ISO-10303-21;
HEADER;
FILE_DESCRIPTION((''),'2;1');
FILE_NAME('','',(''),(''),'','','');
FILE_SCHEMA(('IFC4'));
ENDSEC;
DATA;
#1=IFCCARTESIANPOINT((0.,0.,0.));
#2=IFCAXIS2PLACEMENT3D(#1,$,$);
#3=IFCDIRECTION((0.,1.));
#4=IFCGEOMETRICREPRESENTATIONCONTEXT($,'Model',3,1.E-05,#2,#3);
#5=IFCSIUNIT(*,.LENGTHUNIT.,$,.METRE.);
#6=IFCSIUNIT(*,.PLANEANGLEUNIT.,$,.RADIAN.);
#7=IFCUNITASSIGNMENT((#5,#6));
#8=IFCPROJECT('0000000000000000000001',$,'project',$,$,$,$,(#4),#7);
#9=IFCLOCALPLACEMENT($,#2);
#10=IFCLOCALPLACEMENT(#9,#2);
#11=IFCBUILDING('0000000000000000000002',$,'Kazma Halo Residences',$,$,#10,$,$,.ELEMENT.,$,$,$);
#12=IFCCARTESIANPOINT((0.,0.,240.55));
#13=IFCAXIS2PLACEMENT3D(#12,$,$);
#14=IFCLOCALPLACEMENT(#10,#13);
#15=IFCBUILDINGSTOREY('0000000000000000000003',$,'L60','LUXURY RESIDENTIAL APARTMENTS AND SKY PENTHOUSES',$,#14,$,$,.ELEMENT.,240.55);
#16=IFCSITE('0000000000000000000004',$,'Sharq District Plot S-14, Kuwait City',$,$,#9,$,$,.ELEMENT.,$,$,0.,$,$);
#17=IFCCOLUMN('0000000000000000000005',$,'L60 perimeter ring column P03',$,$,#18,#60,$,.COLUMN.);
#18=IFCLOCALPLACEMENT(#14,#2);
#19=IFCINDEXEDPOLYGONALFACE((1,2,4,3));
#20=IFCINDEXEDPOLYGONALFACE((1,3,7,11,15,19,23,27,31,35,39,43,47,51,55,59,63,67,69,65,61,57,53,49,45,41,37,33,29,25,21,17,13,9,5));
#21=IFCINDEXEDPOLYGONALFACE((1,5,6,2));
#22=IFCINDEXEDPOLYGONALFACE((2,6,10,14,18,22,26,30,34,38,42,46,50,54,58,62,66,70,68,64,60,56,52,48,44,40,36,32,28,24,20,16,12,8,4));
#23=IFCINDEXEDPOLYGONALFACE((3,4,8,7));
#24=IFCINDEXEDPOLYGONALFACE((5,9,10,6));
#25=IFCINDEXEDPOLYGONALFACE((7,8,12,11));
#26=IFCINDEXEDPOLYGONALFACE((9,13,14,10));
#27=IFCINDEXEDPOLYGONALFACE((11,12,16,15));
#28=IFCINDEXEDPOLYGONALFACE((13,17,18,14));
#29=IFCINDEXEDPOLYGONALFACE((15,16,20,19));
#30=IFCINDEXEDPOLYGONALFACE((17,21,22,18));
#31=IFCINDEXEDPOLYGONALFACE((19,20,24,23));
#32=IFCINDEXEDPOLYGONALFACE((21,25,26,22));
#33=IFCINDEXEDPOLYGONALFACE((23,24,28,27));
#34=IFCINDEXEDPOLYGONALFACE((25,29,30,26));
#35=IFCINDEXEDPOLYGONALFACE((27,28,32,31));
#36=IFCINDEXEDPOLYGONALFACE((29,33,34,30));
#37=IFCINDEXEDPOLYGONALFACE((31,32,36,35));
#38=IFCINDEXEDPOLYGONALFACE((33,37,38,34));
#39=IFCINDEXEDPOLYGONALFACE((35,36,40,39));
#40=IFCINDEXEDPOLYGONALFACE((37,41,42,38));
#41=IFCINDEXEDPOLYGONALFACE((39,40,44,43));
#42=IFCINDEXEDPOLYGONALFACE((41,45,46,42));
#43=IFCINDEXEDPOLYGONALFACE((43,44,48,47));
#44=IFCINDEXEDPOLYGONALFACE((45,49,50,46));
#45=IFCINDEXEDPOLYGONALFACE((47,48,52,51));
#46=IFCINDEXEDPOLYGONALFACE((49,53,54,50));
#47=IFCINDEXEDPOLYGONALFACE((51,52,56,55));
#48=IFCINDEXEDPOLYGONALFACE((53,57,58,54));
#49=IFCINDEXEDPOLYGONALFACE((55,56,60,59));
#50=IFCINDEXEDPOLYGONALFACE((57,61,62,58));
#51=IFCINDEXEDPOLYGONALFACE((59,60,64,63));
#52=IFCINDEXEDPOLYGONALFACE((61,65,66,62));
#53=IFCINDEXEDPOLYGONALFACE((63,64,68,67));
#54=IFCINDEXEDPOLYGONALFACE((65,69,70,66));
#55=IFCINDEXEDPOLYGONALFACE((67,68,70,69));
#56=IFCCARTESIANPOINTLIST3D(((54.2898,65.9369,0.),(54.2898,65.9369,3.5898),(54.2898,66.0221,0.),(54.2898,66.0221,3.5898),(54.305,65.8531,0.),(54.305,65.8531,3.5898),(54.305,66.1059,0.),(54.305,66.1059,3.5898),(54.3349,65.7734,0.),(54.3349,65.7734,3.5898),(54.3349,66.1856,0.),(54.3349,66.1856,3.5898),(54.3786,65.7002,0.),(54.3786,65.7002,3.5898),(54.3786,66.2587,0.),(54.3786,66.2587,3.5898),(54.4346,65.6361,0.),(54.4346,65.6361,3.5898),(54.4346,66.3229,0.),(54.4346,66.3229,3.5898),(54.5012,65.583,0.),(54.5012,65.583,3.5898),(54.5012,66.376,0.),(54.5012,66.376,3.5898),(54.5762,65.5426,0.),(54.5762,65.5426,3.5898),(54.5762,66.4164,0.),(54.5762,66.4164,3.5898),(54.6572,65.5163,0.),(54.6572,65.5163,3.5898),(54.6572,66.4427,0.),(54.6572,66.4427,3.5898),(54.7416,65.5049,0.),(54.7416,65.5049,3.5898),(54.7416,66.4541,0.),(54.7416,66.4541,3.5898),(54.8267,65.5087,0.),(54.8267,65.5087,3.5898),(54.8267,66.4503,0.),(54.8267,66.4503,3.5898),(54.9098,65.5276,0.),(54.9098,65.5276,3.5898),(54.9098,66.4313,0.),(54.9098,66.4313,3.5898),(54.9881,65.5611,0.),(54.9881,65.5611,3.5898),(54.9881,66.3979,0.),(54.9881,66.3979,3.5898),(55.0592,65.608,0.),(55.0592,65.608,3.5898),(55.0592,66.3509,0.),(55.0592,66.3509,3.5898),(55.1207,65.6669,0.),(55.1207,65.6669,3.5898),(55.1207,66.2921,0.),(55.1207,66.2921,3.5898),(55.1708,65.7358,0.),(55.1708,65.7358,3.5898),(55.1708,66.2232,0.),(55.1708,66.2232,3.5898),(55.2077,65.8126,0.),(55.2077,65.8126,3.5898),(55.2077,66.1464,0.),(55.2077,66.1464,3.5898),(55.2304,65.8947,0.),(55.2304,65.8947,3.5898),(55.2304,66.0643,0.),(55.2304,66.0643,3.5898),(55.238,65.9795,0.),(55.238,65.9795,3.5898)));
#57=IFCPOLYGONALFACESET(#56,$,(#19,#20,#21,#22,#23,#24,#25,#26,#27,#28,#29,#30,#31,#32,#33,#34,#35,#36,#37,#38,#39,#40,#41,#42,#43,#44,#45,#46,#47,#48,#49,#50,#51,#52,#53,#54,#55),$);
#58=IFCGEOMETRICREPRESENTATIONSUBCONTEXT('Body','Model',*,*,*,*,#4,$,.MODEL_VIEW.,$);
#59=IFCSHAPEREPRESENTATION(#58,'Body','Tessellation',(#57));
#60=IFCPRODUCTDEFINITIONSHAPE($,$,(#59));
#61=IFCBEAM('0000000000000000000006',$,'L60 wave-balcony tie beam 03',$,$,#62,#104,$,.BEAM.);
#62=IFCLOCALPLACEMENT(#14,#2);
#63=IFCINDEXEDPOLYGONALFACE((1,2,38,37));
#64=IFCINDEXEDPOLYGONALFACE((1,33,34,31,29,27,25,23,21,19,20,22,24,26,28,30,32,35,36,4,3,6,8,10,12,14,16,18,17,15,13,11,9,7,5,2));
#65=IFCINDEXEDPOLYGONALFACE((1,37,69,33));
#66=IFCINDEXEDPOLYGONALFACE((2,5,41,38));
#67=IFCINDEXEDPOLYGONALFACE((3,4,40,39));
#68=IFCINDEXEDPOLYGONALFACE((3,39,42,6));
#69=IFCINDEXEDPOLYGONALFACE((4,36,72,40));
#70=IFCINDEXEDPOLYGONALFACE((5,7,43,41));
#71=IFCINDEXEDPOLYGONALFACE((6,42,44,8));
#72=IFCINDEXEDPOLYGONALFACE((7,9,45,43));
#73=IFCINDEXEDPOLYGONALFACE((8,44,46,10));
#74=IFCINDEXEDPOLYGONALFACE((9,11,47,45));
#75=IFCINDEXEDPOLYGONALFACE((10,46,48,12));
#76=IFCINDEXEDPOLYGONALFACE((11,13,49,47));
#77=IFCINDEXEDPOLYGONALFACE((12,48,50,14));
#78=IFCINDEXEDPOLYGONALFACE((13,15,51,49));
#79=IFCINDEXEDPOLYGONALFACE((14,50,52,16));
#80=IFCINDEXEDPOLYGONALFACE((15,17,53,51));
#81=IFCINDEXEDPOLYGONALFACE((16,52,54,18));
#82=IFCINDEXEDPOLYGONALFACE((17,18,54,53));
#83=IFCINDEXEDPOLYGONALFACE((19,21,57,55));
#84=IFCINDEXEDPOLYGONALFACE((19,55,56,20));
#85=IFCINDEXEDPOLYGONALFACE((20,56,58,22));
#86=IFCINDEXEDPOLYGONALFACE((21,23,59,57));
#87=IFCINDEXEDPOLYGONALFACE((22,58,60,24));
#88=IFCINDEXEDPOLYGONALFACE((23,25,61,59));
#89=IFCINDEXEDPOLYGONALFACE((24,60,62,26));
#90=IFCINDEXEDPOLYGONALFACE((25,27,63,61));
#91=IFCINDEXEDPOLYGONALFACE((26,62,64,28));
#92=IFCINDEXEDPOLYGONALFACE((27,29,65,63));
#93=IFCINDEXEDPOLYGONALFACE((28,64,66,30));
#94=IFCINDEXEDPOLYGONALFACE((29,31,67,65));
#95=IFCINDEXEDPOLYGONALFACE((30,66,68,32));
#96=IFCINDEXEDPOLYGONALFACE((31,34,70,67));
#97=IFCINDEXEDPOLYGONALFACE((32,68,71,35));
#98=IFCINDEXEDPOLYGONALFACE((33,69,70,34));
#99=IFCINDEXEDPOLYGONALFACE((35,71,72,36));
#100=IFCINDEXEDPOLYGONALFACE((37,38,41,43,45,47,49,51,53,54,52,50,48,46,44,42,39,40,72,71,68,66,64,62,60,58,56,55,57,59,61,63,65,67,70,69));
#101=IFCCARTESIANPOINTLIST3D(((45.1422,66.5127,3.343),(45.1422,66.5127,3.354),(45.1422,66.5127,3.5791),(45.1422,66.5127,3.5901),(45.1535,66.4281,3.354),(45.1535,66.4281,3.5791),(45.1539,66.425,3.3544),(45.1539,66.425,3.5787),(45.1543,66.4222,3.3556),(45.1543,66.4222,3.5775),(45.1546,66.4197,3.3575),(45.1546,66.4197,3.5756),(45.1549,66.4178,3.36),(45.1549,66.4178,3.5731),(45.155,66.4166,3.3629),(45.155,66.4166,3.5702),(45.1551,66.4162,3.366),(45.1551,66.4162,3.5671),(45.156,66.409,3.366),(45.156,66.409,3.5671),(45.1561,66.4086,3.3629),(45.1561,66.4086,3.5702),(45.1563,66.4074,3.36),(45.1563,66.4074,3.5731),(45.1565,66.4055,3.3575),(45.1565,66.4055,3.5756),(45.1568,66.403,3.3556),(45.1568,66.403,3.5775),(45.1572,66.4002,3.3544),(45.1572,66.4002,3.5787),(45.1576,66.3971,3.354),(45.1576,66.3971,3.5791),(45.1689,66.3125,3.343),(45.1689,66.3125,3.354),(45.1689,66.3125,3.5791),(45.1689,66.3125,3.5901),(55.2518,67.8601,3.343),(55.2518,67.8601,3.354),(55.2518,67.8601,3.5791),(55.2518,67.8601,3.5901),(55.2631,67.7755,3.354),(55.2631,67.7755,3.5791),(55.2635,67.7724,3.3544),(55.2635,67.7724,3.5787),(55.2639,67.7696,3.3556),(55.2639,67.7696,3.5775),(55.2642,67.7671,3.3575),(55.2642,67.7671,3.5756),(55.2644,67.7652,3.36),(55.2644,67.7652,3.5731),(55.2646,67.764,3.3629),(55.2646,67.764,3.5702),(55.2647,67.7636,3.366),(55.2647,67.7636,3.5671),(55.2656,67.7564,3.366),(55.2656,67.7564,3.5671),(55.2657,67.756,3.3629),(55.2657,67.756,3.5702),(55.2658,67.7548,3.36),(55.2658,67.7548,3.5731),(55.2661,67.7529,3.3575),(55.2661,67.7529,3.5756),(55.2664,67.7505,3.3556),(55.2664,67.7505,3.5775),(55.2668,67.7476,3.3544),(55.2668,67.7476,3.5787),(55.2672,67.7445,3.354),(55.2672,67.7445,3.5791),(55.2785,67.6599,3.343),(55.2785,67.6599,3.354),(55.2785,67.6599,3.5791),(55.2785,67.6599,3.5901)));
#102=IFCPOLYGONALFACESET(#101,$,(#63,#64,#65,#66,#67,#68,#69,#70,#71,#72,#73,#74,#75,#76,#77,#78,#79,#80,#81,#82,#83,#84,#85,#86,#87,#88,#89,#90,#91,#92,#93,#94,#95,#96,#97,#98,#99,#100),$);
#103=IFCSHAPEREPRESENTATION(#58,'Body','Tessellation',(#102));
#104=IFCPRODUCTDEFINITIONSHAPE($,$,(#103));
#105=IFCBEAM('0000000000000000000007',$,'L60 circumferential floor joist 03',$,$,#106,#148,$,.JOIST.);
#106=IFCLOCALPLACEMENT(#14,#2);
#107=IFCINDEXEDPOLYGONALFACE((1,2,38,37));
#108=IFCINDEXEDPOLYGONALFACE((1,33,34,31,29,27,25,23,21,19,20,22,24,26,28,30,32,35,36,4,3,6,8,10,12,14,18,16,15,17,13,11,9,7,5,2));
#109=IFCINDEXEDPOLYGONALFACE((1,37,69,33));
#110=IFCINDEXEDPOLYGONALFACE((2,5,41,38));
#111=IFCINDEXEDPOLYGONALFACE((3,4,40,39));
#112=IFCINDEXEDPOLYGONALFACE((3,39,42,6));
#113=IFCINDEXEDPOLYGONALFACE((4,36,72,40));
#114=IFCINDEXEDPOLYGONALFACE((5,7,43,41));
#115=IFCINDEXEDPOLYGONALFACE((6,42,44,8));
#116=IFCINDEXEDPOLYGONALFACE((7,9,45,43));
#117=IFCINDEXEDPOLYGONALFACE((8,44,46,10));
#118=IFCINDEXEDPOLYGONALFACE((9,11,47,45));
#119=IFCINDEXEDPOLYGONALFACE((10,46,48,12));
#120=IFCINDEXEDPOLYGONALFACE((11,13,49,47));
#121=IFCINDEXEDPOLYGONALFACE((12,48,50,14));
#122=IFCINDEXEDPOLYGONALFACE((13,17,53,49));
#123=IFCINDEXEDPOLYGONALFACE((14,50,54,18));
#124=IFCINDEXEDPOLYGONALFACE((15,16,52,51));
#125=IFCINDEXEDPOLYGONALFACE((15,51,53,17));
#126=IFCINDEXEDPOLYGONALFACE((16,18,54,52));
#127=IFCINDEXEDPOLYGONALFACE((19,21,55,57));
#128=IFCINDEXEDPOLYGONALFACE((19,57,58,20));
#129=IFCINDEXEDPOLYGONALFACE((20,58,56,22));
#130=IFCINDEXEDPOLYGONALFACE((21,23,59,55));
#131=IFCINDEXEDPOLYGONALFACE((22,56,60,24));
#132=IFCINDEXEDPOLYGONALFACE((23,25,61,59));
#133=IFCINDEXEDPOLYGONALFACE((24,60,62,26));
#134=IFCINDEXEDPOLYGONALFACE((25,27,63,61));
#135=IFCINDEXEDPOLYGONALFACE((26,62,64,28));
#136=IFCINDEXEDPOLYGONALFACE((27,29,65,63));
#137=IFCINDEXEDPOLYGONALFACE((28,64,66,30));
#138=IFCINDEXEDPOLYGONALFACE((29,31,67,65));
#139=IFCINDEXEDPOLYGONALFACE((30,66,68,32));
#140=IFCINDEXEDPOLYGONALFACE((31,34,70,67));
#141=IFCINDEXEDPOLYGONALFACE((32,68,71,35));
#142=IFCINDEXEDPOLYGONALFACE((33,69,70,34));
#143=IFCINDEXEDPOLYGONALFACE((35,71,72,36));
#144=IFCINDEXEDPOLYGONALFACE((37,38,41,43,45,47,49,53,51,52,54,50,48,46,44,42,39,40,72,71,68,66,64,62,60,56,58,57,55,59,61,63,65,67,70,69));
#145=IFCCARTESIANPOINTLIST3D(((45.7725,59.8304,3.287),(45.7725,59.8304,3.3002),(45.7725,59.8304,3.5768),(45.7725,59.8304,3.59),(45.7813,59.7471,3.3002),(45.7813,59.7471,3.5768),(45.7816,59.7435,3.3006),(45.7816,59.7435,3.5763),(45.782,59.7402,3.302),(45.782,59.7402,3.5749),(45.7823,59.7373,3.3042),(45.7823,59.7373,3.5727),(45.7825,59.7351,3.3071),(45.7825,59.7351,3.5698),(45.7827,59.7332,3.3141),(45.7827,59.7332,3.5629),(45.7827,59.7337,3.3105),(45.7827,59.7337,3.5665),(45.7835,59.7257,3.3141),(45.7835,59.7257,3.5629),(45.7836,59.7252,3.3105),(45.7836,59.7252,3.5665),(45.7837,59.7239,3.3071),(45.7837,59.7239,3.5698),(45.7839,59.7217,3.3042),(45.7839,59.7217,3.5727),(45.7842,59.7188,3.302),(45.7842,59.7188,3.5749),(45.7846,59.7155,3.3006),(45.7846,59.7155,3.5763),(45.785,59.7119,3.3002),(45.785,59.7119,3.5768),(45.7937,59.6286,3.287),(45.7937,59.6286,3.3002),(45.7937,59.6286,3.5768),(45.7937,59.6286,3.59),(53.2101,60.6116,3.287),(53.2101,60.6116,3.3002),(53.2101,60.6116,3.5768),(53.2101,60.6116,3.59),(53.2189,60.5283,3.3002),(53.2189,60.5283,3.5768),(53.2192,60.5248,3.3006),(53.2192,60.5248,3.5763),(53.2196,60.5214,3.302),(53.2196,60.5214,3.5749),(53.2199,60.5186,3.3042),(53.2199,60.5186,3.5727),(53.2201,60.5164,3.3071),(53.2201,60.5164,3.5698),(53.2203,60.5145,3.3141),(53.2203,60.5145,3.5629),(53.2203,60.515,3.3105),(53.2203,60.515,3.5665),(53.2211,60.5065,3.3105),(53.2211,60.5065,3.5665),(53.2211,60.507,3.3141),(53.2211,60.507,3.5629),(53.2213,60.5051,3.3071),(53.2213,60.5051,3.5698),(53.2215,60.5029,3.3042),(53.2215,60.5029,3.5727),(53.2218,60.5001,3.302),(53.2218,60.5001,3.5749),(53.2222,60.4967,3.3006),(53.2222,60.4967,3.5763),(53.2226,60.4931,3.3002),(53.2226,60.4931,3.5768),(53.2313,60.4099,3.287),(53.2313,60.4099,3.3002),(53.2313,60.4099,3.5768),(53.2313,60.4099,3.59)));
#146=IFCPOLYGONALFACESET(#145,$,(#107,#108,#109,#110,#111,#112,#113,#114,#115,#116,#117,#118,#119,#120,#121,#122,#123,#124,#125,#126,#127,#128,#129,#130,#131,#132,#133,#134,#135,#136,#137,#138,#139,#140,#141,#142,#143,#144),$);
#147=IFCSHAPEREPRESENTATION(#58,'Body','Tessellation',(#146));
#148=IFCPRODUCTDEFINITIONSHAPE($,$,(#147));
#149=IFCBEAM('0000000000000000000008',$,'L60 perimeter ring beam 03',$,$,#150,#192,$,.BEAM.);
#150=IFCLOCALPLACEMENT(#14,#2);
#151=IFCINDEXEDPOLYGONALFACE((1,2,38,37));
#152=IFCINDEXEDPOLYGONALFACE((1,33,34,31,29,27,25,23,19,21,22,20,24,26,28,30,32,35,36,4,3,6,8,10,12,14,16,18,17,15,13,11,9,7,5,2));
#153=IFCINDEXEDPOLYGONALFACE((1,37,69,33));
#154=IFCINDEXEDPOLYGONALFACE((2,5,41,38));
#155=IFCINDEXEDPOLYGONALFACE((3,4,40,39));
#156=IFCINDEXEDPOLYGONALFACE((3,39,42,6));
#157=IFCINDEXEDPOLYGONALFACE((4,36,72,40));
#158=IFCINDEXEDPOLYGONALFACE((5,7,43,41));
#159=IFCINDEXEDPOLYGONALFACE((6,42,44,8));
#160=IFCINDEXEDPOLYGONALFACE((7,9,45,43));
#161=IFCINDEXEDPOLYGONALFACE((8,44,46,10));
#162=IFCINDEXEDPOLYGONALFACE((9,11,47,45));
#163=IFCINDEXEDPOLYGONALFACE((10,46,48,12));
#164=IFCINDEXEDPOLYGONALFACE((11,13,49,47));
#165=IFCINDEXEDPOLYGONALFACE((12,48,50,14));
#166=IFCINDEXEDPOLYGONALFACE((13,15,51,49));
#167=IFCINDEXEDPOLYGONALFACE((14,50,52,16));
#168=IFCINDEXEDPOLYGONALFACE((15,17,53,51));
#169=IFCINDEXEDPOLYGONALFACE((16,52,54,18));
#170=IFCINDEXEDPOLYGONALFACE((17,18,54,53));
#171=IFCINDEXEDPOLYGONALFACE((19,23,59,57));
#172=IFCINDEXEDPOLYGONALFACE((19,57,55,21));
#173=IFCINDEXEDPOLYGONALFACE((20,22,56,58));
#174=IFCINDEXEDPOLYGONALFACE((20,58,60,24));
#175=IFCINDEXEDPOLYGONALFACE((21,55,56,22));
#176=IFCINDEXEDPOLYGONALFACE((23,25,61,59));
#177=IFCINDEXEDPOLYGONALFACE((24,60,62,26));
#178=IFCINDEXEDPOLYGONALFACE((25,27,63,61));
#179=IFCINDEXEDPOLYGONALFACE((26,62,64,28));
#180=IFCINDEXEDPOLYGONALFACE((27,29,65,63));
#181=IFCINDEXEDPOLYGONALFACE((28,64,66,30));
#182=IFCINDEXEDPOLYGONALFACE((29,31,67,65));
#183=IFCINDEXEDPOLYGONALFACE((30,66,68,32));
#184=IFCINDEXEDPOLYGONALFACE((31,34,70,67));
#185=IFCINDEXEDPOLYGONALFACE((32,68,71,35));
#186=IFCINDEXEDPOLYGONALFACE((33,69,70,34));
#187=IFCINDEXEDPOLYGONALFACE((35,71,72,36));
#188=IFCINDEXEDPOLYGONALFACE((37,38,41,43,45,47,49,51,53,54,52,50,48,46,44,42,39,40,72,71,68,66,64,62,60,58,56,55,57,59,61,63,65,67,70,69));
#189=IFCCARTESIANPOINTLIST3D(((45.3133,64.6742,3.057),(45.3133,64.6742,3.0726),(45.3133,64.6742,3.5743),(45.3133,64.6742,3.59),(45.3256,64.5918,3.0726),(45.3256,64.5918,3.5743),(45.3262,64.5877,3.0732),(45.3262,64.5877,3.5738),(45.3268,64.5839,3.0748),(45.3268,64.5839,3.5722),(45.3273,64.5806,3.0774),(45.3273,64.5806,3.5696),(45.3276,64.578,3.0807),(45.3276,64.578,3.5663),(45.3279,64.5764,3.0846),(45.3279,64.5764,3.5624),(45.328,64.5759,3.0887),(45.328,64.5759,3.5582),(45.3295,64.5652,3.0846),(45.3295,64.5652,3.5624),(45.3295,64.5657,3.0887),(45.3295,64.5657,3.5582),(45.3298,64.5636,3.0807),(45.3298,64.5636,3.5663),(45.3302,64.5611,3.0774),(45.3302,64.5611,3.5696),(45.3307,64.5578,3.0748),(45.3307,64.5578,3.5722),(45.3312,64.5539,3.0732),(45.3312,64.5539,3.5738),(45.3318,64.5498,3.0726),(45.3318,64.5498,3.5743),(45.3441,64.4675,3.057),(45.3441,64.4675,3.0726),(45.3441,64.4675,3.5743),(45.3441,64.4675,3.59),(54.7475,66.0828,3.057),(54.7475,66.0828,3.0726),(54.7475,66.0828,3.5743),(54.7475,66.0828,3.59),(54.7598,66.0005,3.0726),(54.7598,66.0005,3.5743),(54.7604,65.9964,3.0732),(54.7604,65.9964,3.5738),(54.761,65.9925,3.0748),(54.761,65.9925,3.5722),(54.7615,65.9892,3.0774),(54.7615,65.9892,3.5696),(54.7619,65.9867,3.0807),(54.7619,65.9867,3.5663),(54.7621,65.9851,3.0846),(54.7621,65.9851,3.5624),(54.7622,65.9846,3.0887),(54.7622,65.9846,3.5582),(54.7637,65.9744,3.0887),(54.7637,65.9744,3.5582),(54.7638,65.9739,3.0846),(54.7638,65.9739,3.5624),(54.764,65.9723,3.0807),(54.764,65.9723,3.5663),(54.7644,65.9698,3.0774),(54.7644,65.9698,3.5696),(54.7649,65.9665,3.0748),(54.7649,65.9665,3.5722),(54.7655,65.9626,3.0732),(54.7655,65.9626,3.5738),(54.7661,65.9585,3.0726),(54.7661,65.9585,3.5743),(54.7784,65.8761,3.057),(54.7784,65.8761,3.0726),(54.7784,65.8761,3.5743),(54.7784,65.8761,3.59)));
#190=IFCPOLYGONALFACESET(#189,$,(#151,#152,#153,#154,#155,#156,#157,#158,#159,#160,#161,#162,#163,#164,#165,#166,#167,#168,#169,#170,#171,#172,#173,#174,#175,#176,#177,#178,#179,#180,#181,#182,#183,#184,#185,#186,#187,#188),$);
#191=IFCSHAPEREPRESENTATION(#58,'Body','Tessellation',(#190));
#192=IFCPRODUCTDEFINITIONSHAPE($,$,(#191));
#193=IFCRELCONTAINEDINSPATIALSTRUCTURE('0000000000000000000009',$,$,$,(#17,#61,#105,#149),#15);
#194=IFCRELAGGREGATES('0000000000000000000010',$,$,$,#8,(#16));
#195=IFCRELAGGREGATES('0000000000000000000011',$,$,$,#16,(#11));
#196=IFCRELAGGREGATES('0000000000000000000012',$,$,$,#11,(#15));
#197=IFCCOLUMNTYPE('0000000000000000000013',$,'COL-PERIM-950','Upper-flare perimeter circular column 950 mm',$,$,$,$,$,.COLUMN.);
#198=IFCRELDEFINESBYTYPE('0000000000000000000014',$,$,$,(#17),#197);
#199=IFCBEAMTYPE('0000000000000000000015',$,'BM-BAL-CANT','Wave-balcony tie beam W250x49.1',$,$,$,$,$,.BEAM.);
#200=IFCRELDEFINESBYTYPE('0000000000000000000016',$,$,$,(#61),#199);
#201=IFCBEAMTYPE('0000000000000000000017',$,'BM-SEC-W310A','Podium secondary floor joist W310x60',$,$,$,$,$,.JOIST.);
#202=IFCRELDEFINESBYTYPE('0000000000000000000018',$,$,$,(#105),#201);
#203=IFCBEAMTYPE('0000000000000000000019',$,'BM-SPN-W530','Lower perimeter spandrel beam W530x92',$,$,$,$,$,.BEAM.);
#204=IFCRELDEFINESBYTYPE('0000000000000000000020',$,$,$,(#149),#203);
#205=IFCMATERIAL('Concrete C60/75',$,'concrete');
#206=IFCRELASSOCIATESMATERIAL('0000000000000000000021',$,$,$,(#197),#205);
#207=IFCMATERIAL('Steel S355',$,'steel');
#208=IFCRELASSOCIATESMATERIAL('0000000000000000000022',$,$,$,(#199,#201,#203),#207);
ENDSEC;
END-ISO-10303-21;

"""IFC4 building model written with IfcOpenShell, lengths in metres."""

from ifc_helpers import new_model, si_unit, direction, frame, origin, origin_2d, place, context, subcontext, project, spatial, circle, i_section, extrude, material, material_profile, profile_set, type_object, element, save


model = new_model("IFC4")

# Units and contexts
model_context = context("Model", 3, precision=1e-05, world=origin(), true_north=direction((0.0, 1.0)))
body_context = subcontext(model_context, "Body", "Model", "MODEL_VIEW")
ifc_project = project(units=[si_unit("LENGTHUNIT", "METRE"), si_unit("PLANEANGLEUNIT", "RADIAN")], contexts=[model_context])

# Site, building, storey
site_placement = place(None, origin())
site = spatial("IfcSite", under=ifc_project, at=site_placement, Name="Sharq District Plot S-14, Kuwait City", CompositionType="ELEMENT", RefElevation=0.0)
building_placement = place(site_placement, origin())
building = spatial("IfcBuilding", under=site, at=building_placement, Name="Kazma Halo Residences", CompositionType="ELEMENT")
storey_placement = place(building_placement, frame((0.0, 0.0, 240.55)))
storey = spatial("IfcBuildingStorey", under=building, at=storey_placement, Name="L60", Description="LUXURY RESIDENTIAL APARTMENTS AND SKY PENTHOUSES", CompositionType="ELEMENT", Elevation=240.55)

# Column
ifc_material_1 = material(Name="Concrete C60/75", Category="concrete")
ifc_material_profile_1 = material_profile(ifc_material_1, circle(Radius=0.4751, at=origin_2d()), Name="CIRC950")
ifc_profile_set_1 = profile_set([ifc_material_profile_1], Name="Concrete C60/75")
column_type = type_object("IfcColumnType", Name="COL-PERIM-950", Description="Upper-flare perimeter circular column 950 mm", PredefinedType="COLUMN", material=ifc_profile_set_1)
column_placement = place(storey_placement, frame((54.7629, 65.9795, 0.0), z_axis=(0.0, 0.0, 1.0), x_axis=(1.0, 0.0, 0.0)))
element("IfcColumn", 1, at=column_placement, inside=storey, type_object=column_type, Name="L60 perimeter ring column P03", PredefinedType="COLUMN", context=body_context, shape_type="SweptSolid", body=[
    extrude(circle(Radius=0.4751, at=origin_2d()), origin(), (0.0, 0.0, 1.0), 3.5898),
])

# Beams
ifc_material_2 = material(Name="Steel S355", Category="steel")
ifc_material_profile_2 = material_profile(ifc_material_2, i_section(OverallWidth=0.2019, OverallDepth=0.2471, WebThickness=0.0073, FlangeThickness=0.011, FilletRadius=0.012, at=origin_2d()), Name="W250x49.1")
ifc_profile_set_2 = profile_set([ifc_material_profile_2], Name="Steel S355")
beam_type_1 = type_object("IfcBeamType", Name="BM-BAL-CANT", Description="Wave-balcony tie beam W250x49.1", PredefinedType="BEAM", material=ifc_profile_set_2)
beam_1_placement = place(storey_placement, frame((55.2651, 67.76, 3.4666), z_axis=(-0.991235, -0.132112, 0.0), x_axis=(0.132112, -0.991235, 0.0)))
element("IfcBeam", 2, at=beam_1_placement, inside=storey, type_object=beam_type_1, Name="L60 wave-balcony tie beam 03", PredefinedType="BEAM", context=body_context, shape_type="SweptSolid", body=[
    extrude(i_section(OverallWidth=0.2019, OverallDepth=0.2471, WebThickness=0.0073, FlangeThickness=0.011, FilletRadius=0.012, at=origin_2d()), origin(), (0.0, 0.0, 1.0), 10.199),
])
ifc_material_profile_3 = material_profile(ifc_material_2, i_section(OverallWidth=0.2029, OverallDepth=0.303, WebThickness=0.0076, FlangeThickness=0.0132, FilletRadius=0.0139, at=origin_2d()), Name="W310x60")
ifc_profile_set_3 = profile_set([ifc_material_profile_3], Name="Steel S355")
beam_type_2 = type_object("IfcBeamType", Name="BM-SEC-W310A", Description="Podium secondary floor joist W310x60", PredefinedType="JOIST", material=ifc_profile_set_3)
beam_2_placement = place(storey_placement, frame((53.2207, 60.5107, 3.4385), z_axis=(-0.994528, -0.104467, 0.0), x_axis=(0.104467, -0.994528, 0.0)))
element("IfcBeam", 3, at=beam_2_placement, inside=storey, type_object=beam_type_2, Name="L60 circumferential floor joist 03", PredefinedType="JOIST", context=body_context, shape_type="SweptSolid", body=[
    extrude(i_section(OverallWidth=0.2029, OverallDepth=0.303, WebThickness=0.0076, FlangeThickness=0.0132, FilletRadius=0.0139, at=origin_2d()), origin(), (0.0, 0.0, 1.0), 7.4785),
])
ifc_material_profile_4 = material_profile(ifc_material_2, i_section(OverallWidth=0.209, OverallDepth=0.533, WebThickness=0.0103, FlangeThickness=0.0156, FilletRadius=0.0161, at=origin_2d()), Name="W530x92")
ifc_profile_set_4 = profile_set([ifc_material_profile_4], Name="Steel S355")
beam_type_3 = type_object("IfcBeamType", Name="BM-SPN-W530", Description="Lower perimeter spandrel beam W530x92", PredefinedType="BEAM", material=ifc_profile_set_4)
beam_3_placement = place(storey_placement, frame((54.7629, 65.9795, 3.3235), z_axis=(-0.989035, -0.147678, 0.0), x_axis=(0.147678, -0.989035, 0.0)))
element("IfcBeam", 4, at=beam_3_placement, inside=storey, type_object=beam_type_3, Name="L60 perimeter ring beam 03", PredefinedType="BEAM", context=body_context, shape_type="SweptSolid", body=[
    extrude(i_section(OverallWidth=0.209, OverallDepth=0.533, WebThickness=0.0103, FlangeThickness=0.0156, FilletRadius=0.0161, at=origin_2d()), origin(), (0.0, 0.0, 1.0), 9.5388),
])

save(model, "model.ifc")
